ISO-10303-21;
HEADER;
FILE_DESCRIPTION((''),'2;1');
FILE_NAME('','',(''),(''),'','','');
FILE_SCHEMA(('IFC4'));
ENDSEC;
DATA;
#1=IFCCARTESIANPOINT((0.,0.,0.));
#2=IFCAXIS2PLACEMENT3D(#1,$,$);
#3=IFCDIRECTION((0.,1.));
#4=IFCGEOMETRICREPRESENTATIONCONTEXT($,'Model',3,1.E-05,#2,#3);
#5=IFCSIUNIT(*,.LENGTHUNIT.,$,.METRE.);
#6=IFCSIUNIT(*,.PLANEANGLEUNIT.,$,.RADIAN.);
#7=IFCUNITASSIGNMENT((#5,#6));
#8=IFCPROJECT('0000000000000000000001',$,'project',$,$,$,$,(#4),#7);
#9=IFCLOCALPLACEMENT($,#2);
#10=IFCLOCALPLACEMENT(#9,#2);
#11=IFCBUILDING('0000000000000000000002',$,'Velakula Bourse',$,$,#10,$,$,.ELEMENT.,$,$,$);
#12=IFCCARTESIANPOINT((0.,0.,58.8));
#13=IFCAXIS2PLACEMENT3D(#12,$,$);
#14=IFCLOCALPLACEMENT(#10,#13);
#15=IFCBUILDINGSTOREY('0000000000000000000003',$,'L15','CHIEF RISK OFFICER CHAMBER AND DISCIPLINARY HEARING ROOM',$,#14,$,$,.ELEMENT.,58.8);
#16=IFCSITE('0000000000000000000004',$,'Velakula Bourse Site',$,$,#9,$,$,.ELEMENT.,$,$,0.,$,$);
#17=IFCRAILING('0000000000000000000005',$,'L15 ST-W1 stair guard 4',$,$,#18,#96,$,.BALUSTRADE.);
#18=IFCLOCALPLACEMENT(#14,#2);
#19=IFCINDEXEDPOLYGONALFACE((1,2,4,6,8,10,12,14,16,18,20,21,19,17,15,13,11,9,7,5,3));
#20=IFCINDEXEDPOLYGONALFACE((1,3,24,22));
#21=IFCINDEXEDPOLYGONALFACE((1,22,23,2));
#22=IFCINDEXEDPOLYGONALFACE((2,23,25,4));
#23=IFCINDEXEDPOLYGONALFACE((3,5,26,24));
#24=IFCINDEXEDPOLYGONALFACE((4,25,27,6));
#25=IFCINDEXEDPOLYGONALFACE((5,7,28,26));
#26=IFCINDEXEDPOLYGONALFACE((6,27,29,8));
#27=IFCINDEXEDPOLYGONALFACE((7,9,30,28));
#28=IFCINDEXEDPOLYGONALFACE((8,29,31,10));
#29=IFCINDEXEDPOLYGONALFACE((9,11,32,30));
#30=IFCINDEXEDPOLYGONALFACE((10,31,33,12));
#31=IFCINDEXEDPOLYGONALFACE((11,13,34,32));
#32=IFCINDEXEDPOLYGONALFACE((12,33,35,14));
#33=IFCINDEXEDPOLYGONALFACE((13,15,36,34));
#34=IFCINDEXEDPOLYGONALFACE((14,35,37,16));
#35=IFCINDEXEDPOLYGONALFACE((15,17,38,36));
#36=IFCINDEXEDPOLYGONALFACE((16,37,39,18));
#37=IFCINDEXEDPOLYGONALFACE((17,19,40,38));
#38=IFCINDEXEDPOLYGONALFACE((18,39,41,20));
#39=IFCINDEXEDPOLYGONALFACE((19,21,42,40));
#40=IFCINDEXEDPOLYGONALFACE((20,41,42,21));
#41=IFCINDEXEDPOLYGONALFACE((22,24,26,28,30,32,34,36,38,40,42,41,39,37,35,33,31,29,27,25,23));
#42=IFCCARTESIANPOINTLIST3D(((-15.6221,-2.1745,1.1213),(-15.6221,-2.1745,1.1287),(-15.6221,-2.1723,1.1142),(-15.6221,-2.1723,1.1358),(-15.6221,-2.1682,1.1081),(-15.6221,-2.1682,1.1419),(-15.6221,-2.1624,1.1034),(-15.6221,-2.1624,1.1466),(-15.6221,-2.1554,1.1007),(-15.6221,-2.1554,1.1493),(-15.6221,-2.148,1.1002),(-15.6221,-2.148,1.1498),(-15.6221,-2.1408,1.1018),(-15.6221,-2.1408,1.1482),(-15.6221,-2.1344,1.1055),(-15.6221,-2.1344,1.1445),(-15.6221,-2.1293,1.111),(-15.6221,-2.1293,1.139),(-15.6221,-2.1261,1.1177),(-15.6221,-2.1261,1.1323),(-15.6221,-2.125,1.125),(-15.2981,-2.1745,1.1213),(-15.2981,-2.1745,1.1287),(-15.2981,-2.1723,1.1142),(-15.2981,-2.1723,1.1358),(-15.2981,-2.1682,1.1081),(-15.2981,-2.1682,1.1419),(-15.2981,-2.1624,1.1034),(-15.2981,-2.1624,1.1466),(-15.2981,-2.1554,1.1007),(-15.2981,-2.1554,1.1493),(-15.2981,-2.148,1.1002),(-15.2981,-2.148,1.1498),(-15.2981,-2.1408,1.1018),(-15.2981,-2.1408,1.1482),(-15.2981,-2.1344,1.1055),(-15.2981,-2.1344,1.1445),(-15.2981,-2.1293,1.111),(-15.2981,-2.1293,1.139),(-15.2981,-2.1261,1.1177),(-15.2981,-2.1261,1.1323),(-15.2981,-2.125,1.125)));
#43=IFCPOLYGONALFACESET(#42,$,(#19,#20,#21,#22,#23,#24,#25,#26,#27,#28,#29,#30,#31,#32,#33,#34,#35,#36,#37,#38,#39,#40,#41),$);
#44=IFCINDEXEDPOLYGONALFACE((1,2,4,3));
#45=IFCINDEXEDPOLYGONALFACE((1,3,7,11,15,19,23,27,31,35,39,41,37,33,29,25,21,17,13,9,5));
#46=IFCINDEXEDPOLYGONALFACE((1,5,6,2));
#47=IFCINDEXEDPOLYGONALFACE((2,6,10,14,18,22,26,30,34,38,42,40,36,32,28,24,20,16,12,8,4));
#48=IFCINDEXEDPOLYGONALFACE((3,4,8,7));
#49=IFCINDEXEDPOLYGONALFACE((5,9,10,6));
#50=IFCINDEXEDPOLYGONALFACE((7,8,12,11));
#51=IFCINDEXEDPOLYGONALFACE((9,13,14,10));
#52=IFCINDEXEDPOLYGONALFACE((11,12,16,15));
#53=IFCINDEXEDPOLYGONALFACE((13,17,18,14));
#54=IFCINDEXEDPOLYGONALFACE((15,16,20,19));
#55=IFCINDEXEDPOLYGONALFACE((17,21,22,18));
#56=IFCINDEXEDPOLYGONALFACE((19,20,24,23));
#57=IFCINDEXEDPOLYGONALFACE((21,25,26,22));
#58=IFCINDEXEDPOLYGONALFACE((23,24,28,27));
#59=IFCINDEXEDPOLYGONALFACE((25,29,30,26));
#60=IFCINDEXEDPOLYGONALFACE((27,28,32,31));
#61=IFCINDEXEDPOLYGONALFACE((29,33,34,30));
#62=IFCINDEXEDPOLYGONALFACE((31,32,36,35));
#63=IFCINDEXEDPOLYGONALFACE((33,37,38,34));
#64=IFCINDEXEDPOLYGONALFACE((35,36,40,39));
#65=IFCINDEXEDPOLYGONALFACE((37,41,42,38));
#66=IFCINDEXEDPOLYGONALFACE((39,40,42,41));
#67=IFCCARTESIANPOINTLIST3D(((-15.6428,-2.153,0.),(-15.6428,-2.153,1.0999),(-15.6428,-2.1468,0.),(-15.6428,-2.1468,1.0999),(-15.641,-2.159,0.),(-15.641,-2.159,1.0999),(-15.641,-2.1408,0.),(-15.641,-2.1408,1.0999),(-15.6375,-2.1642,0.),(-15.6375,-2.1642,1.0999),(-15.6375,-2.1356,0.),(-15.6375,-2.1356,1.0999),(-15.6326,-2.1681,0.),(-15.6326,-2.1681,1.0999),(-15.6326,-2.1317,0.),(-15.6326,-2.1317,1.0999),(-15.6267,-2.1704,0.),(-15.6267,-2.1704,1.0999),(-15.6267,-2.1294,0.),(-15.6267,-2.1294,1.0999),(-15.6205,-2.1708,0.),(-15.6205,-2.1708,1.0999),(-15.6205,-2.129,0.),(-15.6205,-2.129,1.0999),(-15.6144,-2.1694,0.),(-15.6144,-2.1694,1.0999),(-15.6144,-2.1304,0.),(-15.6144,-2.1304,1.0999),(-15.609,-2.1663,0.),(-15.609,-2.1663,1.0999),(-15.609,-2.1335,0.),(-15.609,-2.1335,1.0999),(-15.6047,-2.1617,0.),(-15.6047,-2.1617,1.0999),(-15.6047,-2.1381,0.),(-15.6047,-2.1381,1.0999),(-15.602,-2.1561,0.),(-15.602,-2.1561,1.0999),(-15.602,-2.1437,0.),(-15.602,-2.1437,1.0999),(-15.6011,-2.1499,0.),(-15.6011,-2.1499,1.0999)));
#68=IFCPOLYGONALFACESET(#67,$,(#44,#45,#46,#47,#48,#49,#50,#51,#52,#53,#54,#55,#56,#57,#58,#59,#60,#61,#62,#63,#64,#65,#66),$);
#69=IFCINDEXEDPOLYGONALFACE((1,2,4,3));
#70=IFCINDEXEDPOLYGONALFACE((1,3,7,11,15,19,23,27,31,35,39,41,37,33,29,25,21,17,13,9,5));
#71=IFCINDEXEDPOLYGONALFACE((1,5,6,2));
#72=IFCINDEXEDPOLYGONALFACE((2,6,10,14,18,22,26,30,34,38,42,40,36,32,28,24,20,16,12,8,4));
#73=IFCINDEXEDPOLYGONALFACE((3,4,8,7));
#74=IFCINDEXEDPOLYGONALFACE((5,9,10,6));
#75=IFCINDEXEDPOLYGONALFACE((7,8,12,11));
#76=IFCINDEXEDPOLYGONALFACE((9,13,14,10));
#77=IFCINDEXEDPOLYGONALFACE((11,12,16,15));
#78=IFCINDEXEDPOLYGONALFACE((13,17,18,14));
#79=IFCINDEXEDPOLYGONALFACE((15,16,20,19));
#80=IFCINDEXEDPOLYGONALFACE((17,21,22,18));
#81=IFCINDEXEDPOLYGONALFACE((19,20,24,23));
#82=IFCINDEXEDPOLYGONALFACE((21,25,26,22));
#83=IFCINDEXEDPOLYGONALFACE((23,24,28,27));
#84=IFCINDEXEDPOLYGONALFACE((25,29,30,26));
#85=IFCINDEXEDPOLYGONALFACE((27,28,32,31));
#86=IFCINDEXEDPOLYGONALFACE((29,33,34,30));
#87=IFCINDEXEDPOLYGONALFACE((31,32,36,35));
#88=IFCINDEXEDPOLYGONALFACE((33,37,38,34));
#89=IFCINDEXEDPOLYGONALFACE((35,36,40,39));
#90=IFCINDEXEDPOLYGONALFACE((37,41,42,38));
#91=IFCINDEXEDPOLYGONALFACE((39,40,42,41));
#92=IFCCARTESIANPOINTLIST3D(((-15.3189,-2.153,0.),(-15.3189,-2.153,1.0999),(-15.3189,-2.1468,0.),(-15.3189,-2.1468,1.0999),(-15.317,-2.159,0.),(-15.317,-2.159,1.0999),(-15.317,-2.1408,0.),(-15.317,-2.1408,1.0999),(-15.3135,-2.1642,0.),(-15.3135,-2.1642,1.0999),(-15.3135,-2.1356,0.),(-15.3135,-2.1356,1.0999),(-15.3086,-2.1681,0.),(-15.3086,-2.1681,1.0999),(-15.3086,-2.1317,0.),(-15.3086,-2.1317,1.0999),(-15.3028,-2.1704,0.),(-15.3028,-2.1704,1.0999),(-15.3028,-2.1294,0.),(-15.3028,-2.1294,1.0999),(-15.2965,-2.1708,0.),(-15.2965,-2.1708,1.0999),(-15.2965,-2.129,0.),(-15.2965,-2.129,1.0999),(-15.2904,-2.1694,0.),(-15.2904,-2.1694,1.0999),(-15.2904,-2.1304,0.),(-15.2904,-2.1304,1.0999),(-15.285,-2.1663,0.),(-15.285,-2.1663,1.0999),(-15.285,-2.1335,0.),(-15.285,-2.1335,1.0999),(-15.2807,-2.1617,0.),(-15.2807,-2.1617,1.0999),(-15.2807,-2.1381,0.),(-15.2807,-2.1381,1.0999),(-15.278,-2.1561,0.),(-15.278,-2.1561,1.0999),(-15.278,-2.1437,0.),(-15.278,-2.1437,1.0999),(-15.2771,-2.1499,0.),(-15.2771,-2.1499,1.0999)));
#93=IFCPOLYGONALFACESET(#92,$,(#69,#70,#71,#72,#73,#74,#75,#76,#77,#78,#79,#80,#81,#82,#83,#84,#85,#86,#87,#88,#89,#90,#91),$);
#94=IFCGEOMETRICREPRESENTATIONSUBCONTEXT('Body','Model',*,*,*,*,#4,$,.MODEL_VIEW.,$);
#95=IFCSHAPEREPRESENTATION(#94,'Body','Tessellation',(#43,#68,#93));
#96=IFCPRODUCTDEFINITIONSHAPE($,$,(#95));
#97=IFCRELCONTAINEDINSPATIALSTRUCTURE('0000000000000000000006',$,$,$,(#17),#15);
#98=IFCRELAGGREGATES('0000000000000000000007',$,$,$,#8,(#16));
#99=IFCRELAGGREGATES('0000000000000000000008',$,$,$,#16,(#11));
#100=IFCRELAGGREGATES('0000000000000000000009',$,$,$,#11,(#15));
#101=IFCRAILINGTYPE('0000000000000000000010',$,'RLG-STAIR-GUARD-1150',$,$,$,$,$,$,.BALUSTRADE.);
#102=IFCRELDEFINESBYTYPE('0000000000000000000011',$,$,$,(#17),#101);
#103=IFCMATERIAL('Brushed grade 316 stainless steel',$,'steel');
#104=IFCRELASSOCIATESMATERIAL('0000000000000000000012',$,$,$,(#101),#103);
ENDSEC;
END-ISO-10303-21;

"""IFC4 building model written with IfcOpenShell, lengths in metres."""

from ifc_helpers import new_model, si_unit, direction, frame, origin, origin_2d, place, context, subcontext, project, spatial, circle, extrude, material, type_object, element, save


model = new_model("IFC4")

# Units and contexts
model_context = context("Model", 3, precision=1e-05, world=origin(), true_north=direction((0.0, 1.0)))
body_context = subcontext(model_context, "Body", "Model", "MODEL_VIEW")
ifc_project = project(units=[si_unit("LENGTHUNIT", "METRE"), si_unit("PLANEANGLEUNIT", "RADIAN")], contexts=[model_context])

# Site, building, storey
site_placement = place(None, origin())
site = spatial("IfcSite", under=ifc_project, at=site_placement, Name="Velakula Bourse Site", CompositionType="ELEMENT", RefElevation=0.0)
building_placement = place(site_placement, origin())
building = spatial("IfcBuilding", under=site, at=building_placement, Name="Velakula Bourse", CompositionType="ELEMENT")
storey_placement = place(building_placement, frame((0.0, 0.0, 58.8)))
storey = spatial("IfcBuildingStorey", under=building, at=storey_placement, Name="L15", Description="CHIEF RISK OFFICER CHAMBER AND DISCIPLINARY HEARING ROOM", CompositionType="ELEMENT", Elevation=58.8)

# Shared definitions
ifc_material_1 = material(Name="Brushed grade 316 stainless steel", Category="steel")

# Railing
railing_type_1 = type_object("IfcRailingType", Name="RLG-STAIR-GUARD-1150", PredefinedType="BALUSTRADE", material=ifc_material_1)
railing_1_placement = place(storey_placement, frame((-15.6221, -2.1499, 0.0)))
element("IfcRailing", 1, at=railing_1_placement, inside=storey, type_object=railing_type_1, Name="L15 ST-W1 stair guard 4", PredefinedType="BALUSTRADE", context=body_context, shape_type="SweptSolid", body=[
    extrude(circle(Radius=0.0249, at=origin_2d()), frame((0.0, 0.0, 1.125), z_axis=(1.0, 0.0, 0.0), x_axis=(0.0, 1.0, 0.0)), (0.0, 0.0, 1.0), 0.324),
    extrude(circle(Radius=0.021, at=origin_2d()), origin(), (0.0, 0.0, 1.0), 1.0999),
    extrude(circle(Radius=0.021, at=origin_2d()), frame((0.324, 0.0, 0.0)), (0.0, 0.0, 1.0), 1.0999),
])

save(model, "model.ifc")
